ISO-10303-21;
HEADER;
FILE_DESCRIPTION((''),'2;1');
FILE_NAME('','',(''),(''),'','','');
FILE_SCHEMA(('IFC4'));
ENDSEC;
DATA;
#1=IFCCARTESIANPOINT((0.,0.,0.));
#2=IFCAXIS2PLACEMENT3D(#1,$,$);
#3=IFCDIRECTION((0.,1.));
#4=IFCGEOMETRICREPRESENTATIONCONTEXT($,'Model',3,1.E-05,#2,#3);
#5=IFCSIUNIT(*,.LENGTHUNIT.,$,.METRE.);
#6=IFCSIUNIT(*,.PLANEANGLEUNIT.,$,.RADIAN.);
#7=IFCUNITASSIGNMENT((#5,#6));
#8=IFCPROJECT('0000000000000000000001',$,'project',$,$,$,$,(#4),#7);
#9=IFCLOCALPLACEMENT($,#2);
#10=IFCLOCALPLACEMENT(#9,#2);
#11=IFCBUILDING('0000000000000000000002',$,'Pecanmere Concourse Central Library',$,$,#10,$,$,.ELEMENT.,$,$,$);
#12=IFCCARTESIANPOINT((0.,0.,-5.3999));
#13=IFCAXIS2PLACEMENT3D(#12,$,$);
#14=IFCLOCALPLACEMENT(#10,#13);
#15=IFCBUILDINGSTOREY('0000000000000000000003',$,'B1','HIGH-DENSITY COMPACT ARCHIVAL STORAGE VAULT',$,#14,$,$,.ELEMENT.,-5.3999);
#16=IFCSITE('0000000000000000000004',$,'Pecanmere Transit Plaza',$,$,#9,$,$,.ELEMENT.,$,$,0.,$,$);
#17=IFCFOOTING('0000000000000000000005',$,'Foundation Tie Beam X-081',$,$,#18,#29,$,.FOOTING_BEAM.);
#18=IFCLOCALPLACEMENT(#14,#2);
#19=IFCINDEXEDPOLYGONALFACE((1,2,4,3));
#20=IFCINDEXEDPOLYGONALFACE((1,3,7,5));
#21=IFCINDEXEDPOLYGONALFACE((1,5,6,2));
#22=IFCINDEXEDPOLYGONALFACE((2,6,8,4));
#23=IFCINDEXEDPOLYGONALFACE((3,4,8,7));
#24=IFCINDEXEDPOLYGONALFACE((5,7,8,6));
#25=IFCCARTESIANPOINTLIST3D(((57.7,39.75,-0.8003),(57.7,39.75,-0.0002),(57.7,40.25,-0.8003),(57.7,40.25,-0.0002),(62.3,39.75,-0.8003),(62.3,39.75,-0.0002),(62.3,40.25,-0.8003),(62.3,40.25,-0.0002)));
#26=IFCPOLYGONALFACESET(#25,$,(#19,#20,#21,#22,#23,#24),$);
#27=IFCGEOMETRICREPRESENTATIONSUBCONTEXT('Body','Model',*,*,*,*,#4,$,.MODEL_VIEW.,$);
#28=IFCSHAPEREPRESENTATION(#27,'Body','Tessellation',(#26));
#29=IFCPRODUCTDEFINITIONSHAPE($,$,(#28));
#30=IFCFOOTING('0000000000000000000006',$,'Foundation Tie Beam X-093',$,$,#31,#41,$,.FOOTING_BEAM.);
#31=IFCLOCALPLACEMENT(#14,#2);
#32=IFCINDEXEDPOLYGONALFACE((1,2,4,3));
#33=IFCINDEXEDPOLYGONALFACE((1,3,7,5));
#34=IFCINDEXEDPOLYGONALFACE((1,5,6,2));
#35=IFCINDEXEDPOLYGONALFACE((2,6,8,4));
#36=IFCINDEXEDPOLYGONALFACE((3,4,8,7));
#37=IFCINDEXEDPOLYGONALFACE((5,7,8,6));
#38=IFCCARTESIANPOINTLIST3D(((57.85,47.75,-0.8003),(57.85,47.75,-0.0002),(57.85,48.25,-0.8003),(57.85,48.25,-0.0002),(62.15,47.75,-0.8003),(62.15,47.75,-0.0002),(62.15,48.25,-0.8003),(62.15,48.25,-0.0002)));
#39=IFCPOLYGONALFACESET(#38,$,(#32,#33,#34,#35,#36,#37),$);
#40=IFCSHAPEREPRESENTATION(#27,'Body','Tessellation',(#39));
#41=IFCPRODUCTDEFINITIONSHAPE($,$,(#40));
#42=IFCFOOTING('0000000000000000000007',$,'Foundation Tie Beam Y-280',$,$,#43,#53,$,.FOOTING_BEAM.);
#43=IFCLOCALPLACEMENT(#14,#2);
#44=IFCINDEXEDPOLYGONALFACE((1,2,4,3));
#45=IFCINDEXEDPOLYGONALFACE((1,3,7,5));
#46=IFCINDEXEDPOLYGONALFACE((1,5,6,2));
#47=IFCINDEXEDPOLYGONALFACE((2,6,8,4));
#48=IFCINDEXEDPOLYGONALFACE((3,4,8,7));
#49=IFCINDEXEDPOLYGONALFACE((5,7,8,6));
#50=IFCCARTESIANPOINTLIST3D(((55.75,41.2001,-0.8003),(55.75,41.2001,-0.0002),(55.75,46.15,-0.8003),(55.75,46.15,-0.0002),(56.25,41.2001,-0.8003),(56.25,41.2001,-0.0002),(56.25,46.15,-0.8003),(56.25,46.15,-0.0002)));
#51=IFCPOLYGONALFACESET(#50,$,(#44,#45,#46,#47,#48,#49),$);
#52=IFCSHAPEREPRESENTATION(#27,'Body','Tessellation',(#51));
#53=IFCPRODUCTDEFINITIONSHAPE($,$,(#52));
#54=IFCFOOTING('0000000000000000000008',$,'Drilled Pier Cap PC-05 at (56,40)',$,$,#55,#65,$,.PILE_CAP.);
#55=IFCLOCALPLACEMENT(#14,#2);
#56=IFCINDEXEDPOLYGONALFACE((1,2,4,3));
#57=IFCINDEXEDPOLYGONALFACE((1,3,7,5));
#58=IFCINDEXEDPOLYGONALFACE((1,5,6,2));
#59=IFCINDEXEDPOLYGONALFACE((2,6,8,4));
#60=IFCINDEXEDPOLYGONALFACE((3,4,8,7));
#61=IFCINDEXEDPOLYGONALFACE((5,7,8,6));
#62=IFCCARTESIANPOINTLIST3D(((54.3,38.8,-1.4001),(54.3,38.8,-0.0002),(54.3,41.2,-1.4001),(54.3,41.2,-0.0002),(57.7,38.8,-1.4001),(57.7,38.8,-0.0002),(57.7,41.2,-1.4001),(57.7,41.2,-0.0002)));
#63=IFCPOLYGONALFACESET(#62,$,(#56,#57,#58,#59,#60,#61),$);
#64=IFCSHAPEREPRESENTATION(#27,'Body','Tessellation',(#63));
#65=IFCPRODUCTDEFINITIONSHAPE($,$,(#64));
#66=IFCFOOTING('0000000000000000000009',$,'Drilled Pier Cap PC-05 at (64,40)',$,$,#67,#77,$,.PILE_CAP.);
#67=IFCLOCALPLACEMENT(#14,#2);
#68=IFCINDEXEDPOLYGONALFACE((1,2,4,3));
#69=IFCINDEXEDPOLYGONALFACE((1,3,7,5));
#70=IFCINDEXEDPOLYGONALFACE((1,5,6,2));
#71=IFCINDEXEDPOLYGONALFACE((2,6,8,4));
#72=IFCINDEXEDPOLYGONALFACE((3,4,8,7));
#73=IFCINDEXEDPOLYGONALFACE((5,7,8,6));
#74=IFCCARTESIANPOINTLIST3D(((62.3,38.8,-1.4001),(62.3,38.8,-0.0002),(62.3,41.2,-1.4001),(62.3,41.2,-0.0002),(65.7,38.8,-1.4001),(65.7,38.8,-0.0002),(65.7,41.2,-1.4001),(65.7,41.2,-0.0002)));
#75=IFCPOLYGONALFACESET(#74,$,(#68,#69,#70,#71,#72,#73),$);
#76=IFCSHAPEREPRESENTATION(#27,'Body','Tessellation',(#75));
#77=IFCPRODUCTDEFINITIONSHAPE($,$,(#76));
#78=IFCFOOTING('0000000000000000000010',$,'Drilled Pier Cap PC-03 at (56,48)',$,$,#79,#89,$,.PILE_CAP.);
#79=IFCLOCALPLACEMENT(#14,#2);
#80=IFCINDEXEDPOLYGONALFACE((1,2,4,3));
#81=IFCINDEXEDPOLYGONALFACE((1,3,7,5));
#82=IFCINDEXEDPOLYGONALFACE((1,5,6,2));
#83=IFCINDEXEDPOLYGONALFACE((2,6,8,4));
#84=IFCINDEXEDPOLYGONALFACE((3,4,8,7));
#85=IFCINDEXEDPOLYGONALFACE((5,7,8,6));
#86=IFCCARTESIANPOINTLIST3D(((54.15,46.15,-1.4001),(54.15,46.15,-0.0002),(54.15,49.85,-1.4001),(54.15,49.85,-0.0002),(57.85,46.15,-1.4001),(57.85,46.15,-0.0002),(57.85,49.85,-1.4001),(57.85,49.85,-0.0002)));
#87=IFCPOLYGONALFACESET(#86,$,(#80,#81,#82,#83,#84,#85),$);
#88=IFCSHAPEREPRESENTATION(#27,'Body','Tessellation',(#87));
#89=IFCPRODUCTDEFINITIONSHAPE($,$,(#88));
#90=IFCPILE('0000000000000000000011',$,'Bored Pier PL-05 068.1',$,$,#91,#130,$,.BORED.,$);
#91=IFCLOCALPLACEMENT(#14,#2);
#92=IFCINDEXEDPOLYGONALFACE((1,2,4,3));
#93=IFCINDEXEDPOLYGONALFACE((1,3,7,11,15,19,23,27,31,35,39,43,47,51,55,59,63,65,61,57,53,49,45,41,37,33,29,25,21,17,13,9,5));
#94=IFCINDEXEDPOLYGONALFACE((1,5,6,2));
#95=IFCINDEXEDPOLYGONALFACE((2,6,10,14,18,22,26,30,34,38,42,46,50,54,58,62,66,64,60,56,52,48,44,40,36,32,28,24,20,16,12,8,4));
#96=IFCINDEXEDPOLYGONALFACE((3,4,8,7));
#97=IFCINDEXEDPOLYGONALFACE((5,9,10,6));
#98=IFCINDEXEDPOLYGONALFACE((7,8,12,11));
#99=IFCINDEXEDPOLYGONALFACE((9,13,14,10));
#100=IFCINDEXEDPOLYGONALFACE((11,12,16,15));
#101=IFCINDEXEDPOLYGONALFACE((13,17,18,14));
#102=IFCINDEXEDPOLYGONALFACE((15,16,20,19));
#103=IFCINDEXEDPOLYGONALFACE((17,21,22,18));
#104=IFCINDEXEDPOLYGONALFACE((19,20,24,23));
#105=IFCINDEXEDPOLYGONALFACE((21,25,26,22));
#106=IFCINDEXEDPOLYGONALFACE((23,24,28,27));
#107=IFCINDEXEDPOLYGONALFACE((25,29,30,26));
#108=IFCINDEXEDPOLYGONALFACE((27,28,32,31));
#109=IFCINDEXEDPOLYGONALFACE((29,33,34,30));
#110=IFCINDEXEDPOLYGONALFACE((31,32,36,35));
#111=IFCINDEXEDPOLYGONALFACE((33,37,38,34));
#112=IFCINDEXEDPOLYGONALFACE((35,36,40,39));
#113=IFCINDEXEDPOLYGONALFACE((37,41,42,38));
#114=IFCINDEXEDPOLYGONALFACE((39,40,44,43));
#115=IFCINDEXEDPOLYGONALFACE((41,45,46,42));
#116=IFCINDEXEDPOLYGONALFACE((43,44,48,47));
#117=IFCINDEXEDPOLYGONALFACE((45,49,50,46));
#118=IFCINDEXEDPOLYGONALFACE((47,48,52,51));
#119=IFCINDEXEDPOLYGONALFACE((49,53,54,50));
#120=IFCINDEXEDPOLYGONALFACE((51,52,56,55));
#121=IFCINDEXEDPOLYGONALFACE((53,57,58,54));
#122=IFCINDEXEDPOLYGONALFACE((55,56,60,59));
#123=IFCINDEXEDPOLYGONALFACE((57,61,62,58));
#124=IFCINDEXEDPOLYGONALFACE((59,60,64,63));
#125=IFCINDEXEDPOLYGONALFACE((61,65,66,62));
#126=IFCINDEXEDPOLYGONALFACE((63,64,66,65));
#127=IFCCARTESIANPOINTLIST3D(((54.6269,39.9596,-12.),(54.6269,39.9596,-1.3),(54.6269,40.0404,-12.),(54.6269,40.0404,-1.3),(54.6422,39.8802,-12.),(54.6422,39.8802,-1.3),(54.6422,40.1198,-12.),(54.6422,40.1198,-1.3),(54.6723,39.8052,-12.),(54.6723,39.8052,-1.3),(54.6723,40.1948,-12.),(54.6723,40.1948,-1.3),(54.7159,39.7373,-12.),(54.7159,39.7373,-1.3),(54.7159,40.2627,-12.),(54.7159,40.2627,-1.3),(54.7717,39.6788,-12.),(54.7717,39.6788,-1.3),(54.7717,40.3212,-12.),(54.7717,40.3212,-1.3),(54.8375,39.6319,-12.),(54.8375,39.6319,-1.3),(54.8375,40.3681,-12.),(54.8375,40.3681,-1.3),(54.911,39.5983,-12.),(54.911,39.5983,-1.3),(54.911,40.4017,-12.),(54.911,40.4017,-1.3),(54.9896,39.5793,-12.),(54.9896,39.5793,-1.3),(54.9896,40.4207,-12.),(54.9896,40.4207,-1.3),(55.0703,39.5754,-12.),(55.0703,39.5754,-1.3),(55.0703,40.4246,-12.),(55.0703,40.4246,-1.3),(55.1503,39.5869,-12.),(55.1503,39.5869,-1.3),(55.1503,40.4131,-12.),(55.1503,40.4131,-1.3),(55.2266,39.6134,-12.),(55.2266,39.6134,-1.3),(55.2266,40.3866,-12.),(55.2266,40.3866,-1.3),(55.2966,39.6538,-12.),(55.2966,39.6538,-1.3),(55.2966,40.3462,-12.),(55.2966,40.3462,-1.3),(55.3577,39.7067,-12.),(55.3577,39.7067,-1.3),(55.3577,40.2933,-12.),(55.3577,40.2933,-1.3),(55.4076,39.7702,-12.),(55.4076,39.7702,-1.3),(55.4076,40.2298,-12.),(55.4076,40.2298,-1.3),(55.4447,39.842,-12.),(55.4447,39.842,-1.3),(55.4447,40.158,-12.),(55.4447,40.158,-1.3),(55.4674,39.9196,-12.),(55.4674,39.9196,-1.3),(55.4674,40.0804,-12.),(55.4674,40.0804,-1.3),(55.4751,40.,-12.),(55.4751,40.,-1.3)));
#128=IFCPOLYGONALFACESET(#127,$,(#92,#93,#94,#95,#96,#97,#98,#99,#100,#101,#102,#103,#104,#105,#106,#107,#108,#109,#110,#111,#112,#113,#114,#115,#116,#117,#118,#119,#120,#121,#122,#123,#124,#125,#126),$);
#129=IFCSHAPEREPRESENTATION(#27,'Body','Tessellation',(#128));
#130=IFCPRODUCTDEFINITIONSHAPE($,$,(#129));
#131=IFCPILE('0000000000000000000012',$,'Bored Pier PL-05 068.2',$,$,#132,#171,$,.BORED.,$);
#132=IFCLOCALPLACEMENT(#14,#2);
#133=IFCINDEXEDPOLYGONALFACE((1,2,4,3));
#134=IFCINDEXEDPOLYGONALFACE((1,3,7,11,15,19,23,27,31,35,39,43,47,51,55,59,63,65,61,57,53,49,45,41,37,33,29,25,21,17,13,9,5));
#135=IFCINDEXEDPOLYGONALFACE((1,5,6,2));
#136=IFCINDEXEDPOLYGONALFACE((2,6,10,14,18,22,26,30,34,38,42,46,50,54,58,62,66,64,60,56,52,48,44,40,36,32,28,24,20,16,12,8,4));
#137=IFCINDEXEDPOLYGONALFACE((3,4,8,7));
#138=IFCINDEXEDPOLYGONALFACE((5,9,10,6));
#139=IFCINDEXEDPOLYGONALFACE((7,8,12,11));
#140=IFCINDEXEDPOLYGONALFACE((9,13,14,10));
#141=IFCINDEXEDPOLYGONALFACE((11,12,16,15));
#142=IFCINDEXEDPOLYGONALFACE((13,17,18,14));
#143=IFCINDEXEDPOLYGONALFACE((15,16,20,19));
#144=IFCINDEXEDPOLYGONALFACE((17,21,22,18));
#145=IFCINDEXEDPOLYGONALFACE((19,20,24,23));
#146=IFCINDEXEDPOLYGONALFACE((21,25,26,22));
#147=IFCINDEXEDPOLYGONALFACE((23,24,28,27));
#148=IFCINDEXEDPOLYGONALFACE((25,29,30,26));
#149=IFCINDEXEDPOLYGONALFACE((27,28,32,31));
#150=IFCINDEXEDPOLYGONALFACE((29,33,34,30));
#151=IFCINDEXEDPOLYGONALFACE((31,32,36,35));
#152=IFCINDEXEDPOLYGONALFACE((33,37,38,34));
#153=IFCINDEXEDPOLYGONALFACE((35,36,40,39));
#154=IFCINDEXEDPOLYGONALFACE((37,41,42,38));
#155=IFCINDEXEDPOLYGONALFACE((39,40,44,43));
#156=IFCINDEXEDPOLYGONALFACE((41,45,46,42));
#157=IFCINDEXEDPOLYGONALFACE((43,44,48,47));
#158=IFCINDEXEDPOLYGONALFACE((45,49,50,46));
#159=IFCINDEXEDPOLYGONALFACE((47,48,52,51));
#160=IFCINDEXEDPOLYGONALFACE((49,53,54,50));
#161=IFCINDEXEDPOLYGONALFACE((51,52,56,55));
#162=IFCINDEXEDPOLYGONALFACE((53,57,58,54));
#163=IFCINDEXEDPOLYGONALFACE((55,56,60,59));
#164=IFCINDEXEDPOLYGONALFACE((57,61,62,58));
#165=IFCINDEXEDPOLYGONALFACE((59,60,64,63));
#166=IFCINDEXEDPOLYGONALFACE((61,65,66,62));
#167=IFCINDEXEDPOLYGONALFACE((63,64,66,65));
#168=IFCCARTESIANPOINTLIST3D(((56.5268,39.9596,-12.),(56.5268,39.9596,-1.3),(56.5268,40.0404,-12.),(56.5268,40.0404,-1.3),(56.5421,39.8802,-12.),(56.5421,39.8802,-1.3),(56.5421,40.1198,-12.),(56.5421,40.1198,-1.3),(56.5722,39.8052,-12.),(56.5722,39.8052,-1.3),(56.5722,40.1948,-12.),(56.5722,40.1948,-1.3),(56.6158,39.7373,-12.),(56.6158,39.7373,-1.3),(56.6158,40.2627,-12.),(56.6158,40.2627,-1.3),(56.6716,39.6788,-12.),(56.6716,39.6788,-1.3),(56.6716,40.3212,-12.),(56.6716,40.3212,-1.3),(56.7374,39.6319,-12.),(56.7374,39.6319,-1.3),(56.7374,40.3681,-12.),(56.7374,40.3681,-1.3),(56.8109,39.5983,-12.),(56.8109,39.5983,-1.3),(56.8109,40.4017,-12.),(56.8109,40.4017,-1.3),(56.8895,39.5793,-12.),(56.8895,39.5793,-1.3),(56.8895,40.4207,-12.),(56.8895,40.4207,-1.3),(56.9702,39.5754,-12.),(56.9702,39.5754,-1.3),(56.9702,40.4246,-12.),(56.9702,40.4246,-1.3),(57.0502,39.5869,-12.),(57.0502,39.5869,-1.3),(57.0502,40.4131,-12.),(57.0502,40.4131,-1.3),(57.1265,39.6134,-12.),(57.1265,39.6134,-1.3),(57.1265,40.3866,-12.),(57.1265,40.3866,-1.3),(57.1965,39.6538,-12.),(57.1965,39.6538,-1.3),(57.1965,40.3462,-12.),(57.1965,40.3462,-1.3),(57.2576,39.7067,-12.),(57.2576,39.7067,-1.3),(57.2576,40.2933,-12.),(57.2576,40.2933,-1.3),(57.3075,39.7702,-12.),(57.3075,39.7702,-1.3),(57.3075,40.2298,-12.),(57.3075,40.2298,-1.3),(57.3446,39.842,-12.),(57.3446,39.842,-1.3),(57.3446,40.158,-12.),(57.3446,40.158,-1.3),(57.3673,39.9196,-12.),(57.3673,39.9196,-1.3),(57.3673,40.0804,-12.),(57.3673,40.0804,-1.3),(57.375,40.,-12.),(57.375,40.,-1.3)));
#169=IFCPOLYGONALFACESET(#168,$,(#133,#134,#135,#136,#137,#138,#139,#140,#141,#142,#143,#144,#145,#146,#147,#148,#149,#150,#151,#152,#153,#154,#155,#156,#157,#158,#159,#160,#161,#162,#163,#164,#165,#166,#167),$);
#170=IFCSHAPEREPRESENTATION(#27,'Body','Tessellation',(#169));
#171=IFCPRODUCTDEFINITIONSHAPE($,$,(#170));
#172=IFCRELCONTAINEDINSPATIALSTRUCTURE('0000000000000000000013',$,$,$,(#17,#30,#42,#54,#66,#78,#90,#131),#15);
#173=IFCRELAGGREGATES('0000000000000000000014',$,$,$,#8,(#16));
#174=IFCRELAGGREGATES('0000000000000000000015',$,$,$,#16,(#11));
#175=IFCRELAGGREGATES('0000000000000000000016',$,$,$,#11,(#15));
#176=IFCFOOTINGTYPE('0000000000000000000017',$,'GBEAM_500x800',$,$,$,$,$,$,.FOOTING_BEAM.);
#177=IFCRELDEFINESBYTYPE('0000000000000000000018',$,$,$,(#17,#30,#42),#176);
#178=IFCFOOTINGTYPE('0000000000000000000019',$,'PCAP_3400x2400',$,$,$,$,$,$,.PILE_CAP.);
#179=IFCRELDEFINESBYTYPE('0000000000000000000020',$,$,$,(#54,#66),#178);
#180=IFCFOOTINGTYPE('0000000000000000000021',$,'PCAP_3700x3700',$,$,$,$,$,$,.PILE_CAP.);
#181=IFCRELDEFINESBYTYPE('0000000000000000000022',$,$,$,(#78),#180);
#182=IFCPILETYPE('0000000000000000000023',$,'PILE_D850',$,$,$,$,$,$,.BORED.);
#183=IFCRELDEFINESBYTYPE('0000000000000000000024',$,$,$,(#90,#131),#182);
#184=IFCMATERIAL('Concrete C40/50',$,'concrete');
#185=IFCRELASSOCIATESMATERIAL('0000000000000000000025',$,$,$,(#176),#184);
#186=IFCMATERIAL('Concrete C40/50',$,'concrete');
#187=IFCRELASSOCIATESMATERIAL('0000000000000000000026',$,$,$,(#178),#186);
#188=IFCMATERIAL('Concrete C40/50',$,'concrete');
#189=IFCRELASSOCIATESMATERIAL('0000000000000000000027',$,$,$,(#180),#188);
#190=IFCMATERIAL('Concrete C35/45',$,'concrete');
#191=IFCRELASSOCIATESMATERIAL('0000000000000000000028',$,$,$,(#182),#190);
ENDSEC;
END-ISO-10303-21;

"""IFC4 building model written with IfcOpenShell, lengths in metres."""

from ifc_helpers import new_model, si_unit, direction, frame, origin, origin_2d, place, context, subcontext, project, spatial, rectangle, circle, extrude, material, material_profile, profile_set, type_object, element, save


model = new_model("IFC4")

# Units and contexts
model_context = context("Model", 3, precision=1e-05, world=origin(), true_north=direction((0.0, 1.0)))
body_context = subcontext(model_context, "Body", "Model", "MODEL_VIEW")
ifc_project = project(units=[si_unit("LENGTHUNIT", "METRE"), si_unit("PLANEANGLEUNIT", "RADIAN")], contexts=[model_context])

# Site, building, storey
site_placement = place(None, origin())
site = spatial("IfcSite", under=ifc_project, at=site_placement, Name="Pecanmere Transit Plaza", CompositionType="ELEMENT", RefElevation=0.0)
building_placement = place(site_placement, origin())
building = spatial("IfcBuilding", under=site, at=building_placement, Name="Pecanmere Concourse Central Library", CompositionType="ELEMENT")
storey_placement = place(building_placement, frame((0.0, 0.0, -5.3999)))
storey = spatial("IfcBuildingStorey", under=building, at=storey_placement, Name="B1", Description="HIGH-DENSITY COMPACT ARCHIVAL STORAGE VAULT", CompositionType="ELEMENT", Elevation=-5.3999)

# Footings
ifc_material_1 = material(Name="Concrete C40/50", Category="concrete")
ifc_material_profile_1 = material_profile(ifc_material_1, rectangle(XDim=0.5, YDim=0.8, at=origin_2d()), Name="RC 500x800")
ifc_profile_set_1 = profile_set([ifc_material_profile_1], Name="Concrete C40/50")
footing_type_1 = type_object("IfcFootingType", Name="GBEAM_500x800", PredefinedType="FOOTING_BEAM", material=ifc_profile_set_1)
footing_1_placement = place(storey_placement, frame((60.0, 40.0, -0.8003), z_axis=(0.0, 0.0, 1.0), x_axis=(1.0, 0.0, 0.0)))
element("IfcFooting", 1, at=footing_1_placement, inside=storey, type_object=footing_type_1, Name="Foundation Tie Beam X-081", PredefinedType="FOOTING_BEAM", context=body_context, shape_type="SweptSolid", body=[
    extrude(rectangle(XDim=4.6001, YDim=0.5, at=origin_2d()), origin(), (0.0, 0.0, 1.0), 0.8),
])
footing_2_placement = place(storey_placement, frame((60.0, 48.0, -0.8003), z_axis=(0.0, 0.0, 1.0), x_axis=(1.0, 0.0, 0.0)))
element("IfcFooting", 2, at=footing_2_placement, inside=storey, type_object=footing_type_1, Name="Foundation Tie Beam X-093", PredefinedType="FOOTING_BEAM", context=body_context, shape_type="SweptSolid", body=[
    extrude(rectangle(XDim=4.3, YDim=0.5, at=origin_2d()), origin(), (0.0, 0.0, 1.0), 0.8),
])
footing_3_placement = place(storey_placement, frame((56.0, 43.675, -0.8003), z_axis=(0.0, 0.0, 1.0), x_axis=(0.0, 1.0, 0.0)))
element("IfcFooting", 3, at=footing_3_placement, inside=storey, type_object=footing_type_1, Name="Foundation Tie Beam Y-280", PredefinedType="FOOTING_BEAM", context=body_context, shape_type="SweptSolid", body=[
    extrude(rectangle(XDim=4.95, YDim=0.5, at=origin_2d()), origin(), (0.0, 0.0, 1.0), 0.8),
])
ifc_material_2 = material(Name="Concrete C40/50", Category="concrete")
footing_type_2 = type_object("IfcFootingType", Name="PCAP_3400x2400", PredefinedType="PILE_CAP", material=ifc_material_2)
for number, where, z_axis, x_axis, name in (
    (4, (56.0, 40.0, -1.4001), (0.0, 0.0, 1.0), (1.0, 0.0, 0.0), "Drilled Pier Cap PC-05 at (56,40)"),
    (5, (64.0, 40.0, -1.4001), (0.0, 0.0, 1.0), (1.0, 0.0, 0.0), "Drilled Pier Cap PC-05 at (64,40)"),
):
    element("IfcFooting", number, at=place(storey_placement, frame(where, z_axis=z_axis, x_axis=x_axis)), inside=storey, type_object=footing_type_2, Name=name, PredefinedType="PILE_CAP", context=body_context, shape_type="SweptSolid", body=[
        extrude(rectangle(XDim=3.3999, YDim=2.3999, at=origin_2d()), origin(), (0.0, 0.0, 1.0), 1.3999),
    ])
ifc_material_3 = material(Name="Concrete C40/50", Category="concrete")
footing_type_3 = type_object("IfcFootingType", Name="PCAP_3700x3700", PredefinedType="PILE_CAP", material=ifc_material_3)
footing_4_placement = place(storey_placement, frame((56.0, 48.0, -1.4001), z_axis=(0.0, 0.0, 1.0), x_axis=(1.0, 0.0, 0.0)))
element("IfcFooting", 6, at=footing_4_placement, inside=storey, type_object=footing_type_3, Name="Drilled Pier Cap PC-03 at (56,48)", PredefinedType="PILE_CAP", context=body_context, shape_type="SweptSolid", body=[
    extrude(rectangle(XDim=3.7, YDim=3.7, at=origin_2d()), origin(), (0.0, 0.0, 1.0), 1.3999),
])

# Piles
ifc_material_4 = material(Name="Concrete C35/45", Category="concrete")
ifc_material_profile_2 = material_profile(ifc_material_4, circle(Radius=0.425, at=origin_2d()), Name="PIER D850")
ifc_profile_set_2 = profile_set([ifc_material_profile_2], Name="Concrete C35/45")
pile_type_1 = type_object("IfcPileType", Name="PILE_D850", PredefinedType="BORED", material=ifc_profile_set_2)
for number, where, z_axis, x_axis, name in (
    (7, (55.05, 40.0, -1.3), (0.0, 0.0, -1.0), (1.0, 0.0, 0.0), "Bored Pier PL-05 068.1"),
    (8, (56.95, 40.0, -1.3), (0.0, 0.0, -1.0), (1.0, 0.0, 0.0), "Bored Pier PL-05 068.2"),
):
    element("IfcPile", number, at=place(storey_placement, frame(where, z_axis=z_axis, x_axis=x_axis)), inside=storey, type_object=pile_type_1, Name=name, PredefinedType="BORED", context=body_context, shape_type="SweptSolid", body=[
        extrude(circle(Radius=0.425, at=origin_2d()), origin(), (0.0, 0.0, 1.0), 10.7),
    ])

save(model, "model.ifc")
